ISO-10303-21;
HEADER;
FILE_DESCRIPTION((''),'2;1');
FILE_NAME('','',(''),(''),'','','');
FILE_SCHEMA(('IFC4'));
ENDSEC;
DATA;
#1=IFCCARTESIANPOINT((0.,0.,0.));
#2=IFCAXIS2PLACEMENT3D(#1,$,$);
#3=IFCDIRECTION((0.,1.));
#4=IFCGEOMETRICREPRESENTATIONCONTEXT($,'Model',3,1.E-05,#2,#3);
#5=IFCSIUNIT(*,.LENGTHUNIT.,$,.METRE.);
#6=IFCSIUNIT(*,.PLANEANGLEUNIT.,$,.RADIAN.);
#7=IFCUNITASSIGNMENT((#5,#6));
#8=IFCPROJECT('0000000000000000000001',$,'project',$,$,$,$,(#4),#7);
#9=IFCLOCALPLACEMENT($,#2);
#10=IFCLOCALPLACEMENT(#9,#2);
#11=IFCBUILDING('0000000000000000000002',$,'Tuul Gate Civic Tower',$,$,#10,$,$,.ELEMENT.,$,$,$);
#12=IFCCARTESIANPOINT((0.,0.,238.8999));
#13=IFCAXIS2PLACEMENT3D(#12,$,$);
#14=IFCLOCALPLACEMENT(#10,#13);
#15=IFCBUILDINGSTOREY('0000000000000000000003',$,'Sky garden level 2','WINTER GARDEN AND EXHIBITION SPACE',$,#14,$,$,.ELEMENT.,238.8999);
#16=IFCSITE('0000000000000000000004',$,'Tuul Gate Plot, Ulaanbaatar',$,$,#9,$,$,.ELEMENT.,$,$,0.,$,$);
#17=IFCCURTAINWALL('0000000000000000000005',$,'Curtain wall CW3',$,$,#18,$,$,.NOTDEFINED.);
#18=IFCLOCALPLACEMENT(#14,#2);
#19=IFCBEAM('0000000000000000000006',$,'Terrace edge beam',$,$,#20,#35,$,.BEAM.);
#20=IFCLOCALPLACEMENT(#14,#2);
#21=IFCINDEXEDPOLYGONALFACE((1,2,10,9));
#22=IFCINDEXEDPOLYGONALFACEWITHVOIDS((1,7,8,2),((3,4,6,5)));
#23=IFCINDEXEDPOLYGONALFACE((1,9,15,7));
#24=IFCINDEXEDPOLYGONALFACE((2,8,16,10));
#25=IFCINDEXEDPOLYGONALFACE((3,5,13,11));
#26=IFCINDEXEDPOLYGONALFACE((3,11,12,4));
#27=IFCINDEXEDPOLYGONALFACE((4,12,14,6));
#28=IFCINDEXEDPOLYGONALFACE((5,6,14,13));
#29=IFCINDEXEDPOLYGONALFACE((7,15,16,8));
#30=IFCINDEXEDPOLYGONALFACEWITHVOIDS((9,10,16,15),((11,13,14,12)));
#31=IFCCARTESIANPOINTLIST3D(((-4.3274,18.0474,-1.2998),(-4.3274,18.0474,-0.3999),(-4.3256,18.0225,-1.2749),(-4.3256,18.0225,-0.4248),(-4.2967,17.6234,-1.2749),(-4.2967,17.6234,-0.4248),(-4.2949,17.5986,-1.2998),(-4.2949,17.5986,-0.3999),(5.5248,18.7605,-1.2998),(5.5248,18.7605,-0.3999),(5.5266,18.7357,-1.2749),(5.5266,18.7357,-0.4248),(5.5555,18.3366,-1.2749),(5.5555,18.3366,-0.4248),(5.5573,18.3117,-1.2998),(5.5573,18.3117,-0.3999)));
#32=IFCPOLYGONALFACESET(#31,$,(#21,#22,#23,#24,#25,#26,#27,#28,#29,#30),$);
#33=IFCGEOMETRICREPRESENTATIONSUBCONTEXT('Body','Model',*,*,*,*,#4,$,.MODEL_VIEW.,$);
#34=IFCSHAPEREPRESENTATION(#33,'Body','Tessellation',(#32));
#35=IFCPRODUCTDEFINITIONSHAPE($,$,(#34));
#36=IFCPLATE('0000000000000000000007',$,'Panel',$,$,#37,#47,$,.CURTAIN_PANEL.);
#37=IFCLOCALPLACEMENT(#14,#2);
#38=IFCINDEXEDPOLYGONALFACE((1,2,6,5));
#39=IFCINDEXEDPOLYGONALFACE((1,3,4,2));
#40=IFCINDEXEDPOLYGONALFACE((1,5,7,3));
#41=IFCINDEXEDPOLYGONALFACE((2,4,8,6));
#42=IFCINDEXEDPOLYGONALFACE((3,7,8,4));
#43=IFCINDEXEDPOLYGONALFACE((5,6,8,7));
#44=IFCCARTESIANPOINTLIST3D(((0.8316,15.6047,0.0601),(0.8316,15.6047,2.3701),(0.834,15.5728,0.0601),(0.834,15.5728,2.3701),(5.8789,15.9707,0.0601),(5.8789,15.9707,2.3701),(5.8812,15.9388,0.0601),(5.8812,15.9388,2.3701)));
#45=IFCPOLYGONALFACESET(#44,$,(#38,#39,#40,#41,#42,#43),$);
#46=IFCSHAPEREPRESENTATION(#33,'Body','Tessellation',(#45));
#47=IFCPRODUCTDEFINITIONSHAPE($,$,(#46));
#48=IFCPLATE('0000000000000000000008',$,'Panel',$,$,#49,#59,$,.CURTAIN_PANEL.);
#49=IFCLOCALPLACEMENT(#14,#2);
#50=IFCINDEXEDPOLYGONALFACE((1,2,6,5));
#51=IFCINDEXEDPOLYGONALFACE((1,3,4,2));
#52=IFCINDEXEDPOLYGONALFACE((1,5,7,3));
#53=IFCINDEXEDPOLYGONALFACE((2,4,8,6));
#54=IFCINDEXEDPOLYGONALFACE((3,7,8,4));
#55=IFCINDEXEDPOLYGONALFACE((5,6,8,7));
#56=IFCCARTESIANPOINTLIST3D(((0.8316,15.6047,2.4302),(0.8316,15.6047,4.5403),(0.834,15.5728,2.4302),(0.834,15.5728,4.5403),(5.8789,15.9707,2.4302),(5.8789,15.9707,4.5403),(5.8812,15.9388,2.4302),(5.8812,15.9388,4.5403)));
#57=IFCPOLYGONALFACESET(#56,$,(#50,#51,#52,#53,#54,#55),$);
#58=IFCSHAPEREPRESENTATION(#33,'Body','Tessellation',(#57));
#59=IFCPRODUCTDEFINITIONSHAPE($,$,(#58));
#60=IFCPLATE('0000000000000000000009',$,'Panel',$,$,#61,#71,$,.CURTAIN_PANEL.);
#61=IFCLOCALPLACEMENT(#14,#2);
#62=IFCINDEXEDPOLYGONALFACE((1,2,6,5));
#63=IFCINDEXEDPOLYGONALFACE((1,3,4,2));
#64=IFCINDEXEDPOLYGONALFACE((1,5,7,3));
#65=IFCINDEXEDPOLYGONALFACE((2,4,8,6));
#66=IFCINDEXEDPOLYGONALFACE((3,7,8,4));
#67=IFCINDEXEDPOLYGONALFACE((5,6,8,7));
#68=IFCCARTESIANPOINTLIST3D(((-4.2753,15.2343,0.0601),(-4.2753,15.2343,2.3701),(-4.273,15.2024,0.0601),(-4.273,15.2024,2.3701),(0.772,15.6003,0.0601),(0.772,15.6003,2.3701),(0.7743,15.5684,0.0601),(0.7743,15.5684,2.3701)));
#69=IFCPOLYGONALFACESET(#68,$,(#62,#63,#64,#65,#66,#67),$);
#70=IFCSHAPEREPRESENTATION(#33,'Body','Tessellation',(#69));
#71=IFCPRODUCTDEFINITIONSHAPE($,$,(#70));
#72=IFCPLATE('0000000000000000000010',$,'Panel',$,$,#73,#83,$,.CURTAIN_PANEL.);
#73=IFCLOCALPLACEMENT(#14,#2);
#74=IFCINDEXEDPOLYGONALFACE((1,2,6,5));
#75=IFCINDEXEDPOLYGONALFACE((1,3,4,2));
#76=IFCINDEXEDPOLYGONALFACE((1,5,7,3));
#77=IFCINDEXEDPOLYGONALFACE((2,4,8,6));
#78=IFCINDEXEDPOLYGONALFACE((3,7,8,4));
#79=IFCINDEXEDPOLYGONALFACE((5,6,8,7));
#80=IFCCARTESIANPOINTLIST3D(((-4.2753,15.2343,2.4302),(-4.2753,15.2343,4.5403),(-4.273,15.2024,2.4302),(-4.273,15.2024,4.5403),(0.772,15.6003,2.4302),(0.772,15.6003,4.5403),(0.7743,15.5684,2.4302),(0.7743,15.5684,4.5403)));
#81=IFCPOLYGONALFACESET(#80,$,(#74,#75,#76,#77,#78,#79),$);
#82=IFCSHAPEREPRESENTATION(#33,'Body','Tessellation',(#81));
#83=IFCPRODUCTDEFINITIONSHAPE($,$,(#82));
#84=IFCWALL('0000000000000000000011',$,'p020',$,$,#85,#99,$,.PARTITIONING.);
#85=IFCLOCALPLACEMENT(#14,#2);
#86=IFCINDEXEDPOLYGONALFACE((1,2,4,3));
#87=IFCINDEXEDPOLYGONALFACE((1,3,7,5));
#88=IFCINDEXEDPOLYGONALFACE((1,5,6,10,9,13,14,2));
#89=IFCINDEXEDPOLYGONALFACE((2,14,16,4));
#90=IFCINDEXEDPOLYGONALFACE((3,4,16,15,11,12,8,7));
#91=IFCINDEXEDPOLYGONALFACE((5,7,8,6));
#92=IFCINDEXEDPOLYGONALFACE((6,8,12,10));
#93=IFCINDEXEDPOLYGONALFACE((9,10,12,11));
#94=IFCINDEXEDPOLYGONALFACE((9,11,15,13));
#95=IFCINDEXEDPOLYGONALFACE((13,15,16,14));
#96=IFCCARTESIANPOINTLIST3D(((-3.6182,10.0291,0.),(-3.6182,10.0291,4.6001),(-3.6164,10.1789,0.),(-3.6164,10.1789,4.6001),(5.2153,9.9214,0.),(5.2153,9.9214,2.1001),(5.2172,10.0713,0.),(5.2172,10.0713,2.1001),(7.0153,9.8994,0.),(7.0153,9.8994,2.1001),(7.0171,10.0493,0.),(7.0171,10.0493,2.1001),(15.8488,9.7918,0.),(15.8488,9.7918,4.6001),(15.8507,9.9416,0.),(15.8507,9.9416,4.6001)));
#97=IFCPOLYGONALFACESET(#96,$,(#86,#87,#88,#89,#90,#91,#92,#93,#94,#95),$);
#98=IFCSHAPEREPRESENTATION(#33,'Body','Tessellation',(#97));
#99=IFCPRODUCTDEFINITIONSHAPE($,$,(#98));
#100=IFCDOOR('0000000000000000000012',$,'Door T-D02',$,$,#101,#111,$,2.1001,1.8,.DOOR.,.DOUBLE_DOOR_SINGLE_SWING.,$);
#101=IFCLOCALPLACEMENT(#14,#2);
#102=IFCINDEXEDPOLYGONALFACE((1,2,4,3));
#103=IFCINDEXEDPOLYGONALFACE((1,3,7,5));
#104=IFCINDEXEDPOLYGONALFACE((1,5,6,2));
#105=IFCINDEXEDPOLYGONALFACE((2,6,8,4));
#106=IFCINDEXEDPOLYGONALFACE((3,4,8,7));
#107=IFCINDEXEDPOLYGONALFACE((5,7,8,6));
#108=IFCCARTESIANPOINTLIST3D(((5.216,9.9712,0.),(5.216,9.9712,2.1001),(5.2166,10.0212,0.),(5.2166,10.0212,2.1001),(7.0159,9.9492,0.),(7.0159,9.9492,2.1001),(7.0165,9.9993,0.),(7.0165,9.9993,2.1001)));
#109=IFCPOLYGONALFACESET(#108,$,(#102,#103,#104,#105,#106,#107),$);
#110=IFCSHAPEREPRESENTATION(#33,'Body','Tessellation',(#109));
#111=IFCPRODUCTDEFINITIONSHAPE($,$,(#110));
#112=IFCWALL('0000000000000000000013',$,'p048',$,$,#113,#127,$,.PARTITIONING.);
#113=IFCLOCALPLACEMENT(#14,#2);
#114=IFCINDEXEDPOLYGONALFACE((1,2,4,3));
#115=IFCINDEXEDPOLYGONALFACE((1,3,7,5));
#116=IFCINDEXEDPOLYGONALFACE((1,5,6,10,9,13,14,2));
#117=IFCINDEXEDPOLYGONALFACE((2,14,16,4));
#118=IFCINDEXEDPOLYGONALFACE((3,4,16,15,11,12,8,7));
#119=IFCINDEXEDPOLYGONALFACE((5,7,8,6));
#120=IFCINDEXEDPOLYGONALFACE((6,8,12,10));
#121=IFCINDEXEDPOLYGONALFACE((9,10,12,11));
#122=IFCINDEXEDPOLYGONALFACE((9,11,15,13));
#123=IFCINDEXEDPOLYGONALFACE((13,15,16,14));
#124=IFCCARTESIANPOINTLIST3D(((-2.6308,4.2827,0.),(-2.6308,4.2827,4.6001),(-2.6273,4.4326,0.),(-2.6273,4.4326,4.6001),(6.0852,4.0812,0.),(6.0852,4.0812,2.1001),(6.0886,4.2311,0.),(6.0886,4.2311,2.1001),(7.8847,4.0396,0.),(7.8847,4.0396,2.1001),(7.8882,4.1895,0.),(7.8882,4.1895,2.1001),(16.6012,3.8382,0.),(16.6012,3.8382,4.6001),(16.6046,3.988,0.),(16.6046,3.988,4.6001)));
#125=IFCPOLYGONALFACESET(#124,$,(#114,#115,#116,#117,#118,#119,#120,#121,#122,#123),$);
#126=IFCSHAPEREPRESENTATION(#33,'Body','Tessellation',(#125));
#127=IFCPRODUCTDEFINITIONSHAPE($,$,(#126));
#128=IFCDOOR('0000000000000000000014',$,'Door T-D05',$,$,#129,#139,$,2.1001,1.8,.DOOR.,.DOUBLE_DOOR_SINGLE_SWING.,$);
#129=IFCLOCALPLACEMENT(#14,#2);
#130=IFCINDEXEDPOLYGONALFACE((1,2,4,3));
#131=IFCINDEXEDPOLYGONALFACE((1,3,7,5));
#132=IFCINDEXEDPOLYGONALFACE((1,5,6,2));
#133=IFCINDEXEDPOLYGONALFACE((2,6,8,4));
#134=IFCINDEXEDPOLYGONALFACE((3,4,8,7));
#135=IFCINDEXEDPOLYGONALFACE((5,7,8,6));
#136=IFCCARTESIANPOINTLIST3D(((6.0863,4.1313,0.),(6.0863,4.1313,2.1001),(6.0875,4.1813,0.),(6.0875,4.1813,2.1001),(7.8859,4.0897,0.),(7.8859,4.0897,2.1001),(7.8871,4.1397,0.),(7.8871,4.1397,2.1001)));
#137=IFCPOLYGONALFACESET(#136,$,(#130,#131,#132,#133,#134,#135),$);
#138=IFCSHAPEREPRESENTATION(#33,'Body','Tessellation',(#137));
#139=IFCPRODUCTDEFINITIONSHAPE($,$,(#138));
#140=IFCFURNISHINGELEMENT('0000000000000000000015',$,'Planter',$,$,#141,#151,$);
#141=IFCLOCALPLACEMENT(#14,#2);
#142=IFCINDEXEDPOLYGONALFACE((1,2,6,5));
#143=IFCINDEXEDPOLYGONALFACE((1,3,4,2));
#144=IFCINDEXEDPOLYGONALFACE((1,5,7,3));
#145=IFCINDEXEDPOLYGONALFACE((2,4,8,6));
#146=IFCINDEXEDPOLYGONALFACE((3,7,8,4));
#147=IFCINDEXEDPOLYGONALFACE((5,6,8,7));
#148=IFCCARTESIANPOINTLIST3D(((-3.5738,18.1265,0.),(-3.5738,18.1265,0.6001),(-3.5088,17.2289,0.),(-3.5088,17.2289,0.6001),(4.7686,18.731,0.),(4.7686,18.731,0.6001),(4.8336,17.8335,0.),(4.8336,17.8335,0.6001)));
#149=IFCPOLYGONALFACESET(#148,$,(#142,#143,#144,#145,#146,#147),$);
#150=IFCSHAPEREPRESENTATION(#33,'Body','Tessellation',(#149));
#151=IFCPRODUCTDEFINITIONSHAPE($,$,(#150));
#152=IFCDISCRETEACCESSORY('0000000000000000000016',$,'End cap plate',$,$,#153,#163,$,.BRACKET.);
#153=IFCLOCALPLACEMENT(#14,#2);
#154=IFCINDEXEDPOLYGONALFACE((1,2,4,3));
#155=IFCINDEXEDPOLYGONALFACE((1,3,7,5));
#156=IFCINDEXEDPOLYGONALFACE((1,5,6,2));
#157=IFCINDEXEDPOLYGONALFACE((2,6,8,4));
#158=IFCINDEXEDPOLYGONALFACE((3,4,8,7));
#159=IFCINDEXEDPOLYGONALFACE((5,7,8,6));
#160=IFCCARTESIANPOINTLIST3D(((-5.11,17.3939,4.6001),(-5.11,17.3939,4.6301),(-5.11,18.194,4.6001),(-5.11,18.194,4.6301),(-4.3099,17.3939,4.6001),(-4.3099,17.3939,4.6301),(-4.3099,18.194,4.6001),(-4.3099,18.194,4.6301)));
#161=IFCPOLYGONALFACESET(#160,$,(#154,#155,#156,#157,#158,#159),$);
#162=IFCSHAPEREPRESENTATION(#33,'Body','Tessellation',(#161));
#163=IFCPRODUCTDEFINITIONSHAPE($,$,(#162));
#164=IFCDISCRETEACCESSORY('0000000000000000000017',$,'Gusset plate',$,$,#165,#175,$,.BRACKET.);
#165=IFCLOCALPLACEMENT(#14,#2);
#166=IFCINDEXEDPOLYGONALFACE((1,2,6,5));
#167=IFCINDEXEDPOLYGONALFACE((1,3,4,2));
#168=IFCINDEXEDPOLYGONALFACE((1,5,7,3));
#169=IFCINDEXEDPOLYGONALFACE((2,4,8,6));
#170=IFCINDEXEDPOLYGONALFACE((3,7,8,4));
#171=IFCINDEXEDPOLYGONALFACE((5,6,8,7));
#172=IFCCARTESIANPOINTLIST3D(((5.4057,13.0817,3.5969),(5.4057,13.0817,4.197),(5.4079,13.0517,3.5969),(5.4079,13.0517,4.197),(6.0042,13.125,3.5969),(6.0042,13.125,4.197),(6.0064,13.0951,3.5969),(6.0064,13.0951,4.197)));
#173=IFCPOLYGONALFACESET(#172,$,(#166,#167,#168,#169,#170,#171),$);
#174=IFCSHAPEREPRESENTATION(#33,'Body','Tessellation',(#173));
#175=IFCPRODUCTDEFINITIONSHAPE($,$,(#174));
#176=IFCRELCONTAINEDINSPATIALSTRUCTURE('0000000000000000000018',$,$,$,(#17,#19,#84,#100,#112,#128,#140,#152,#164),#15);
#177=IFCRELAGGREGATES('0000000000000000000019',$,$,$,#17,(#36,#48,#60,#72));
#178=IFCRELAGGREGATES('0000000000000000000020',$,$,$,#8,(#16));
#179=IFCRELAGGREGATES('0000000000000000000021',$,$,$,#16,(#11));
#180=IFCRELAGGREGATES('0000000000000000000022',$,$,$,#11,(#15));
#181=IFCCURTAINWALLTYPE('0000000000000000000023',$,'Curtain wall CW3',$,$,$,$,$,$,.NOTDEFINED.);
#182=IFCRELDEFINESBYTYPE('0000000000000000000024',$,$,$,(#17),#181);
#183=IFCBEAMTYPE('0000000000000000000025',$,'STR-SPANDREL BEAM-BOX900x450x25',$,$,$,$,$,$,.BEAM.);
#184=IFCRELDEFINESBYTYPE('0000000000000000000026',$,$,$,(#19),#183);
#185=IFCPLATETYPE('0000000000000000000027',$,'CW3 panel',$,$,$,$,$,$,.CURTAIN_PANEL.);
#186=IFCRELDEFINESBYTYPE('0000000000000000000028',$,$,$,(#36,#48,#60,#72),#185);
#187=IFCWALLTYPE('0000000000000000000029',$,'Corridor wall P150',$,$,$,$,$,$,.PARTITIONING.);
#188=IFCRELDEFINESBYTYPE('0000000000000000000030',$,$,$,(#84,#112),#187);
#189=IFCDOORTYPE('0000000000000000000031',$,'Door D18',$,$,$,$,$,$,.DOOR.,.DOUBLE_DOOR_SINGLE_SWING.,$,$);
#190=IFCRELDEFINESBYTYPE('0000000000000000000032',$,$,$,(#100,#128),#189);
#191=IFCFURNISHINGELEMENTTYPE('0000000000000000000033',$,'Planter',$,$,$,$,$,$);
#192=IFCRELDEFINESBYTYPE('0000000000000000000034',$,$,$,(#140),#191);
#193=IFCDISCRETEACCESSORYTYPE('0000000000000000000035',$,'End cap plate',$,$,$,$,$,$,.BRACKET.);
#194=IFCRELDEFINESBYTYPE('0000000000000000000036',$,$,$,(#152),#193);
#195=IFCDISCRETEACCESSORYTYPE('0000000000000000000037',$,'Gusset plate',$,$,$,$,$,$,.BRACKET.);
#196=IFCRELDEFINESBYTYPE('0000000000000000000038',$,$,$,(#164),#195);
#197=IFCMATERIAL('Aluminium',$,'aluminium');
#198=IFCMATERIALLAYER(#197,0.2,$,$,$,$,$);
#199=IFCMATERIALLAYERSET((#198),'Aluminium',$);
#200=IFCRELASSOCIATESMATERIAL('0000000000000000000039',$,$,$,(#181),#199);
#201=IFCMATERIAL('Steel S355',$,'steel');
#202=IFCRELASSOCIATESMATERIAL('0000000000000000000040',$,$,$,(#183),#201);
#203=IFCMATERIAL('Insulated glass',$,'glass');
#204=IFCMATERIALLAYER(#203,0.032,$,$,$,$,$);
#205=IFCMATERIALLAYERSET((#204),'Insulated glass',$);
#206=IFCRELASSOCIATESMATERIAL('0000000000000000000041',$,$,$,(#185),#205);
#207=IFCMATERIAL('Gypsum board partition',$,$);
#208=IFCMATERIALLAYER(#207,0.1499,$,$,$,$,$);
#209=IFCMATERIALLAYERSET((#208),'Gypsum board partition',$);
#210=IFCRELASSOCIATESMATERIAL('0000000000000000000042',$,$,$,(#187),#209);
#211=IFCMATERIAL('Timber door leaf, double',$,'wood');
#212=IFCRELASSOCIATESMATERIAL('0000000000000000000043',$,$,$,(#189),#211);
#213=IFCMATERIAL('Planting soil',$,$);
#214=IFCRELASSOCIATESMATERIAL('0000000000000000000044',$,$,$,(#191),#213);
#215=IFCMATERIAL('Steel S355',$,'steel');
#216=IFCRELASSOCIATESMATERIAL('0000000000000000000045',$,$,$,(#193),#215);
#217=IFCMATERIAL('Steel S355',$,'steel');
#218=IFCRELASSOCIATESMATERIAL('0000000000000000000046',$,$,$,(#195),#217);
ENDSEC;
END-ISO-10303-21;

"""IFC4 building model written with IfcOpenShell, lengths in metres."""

from ifc_helpers import new_model, si_unit, direction, frame, frame_2d, origin, origin_2d, place, context, subcontext, project, spatial, rectangle, hollow_rectangle, extrude, material, layer, layer_set, material_profile, profile_set, type_object, element, fill, aggregate, save


model = new_model("IFC4")

# Units and contexts
model_context = context("Model", 3, precision=1e-05, world=origin(), true_north=direction((0.0, 1.0)))
body_context = subcontext(model_context, "Body", "Model", "MODEL_VIEW")
ifc_project = project(units=[si_unit("LENGTHUNIT", "METRE"), si_unit("PLANEANGLEUNIT", "RADIAN")], contexts=[model_context])

# Site, building, storey
site_placement = place(None, origin())
site = spatial("IfcSite", under=ifc_project, at=site_placement, Name="Tuul Gate Plot, Ulaanbaatar", CompositionType="ELEMENT", RefElevation=0.0)
building_placement = place(site_placement, origin())
building = spatial("IfcBuilding", under=site, at=building_placement, Name="Tuul Gate Civic Tower", CompositionType="ELEMENT")
storey_placement = place(building_placement, frame((0.0, 0.0, 238.8999)))
storey = spatial("IfcBuildingStorey", under=building, at=storey_placement, Name="Sky garden level 2", Description="WINTER GARDEN AND EXHIBITION SPACE", CompositionType="ELEMENT", Elevation=238.8999)

# Curtain wall
ifc_material_1 = material(Name="Aluminium", Category="aluminium")
ifc_layer_1 = layer(ifc_material_1, 0.2)
ifc_layer_set_1 = layer_set([ifc_layer_1], Name="Aluminium")
curtain_wall_type = type_object("IfcCurtainWallType", Name="Curtain wall CW3", PredefinedType="NOTDEFINED", material=ifc_layer_set_1)
curtain_wall_placement = place(storey_placement, origin())
curtain_wall = element("IfcCurtainWall", 1, at=curtain_wall_placement, inside=storey, type_object=curtain_wall_type, Name="Curtain wall CW3", PredefinedType="NOTDEFINED")

# Beam
ifc_material_2 = material(Name="Steel S355", Category="steel")
ifc_material_profile_1 = material_profile(ifc_material_2, hollow_rectangle(XDim=0.45, YDim=0.8999, WallThickness=0.0249, at=origin_2d()), Name="BOX900x450x25")
ifc_profile_set_1 = profile_set([ifc_material_profile_1], Name="Steel S355")
beam_type_1 = type_object("IfcBeamType", Name="STR-SPANDREL BEAM-BOX900x450x25", PredefinedType="BEAM", material=ifc_profile_set_1)
beam_1_placement = place(storey_placement, frame((5.541, 18.5361, -0.8499), z_axis=(-0.99739, -0.072196, 0.0), x_axis=(0.072196, -0.99739, 0.0)))
element("IfcBeam", 2, at=beam_1_placement, inside=storey, type_object=beam_type_1, Name="Terrace edge beam", PredefinedType="BEAM", context=body_context, shape_type="SweptSolid", body=[
    extrude(hollow_rectangle(XDim=0.45, YDim=0.8999, WallThickness=0.0249, at=origin_2d()), origin(), (0.0, 0.0, 1.0), 9.8779),
])

# Plates
ifc_material_3 = material(Name="Insulated glass", Category="glass")
ifc_layer_2 = layer(ifc_material_3, 0.032)
ifc_layer_set_2 = layer_set([ifc_layer_2], Name="Insulated glass")
plate_type = type_object("IfcPlateType", Name="CW3 panel", PredefinedType="CURTAIN_PANEL", material=ifc_layer_set_2)
plate_1_placement = place(storey_placement, frame((3.3564, 15.7717, 0.0601), z_axis=(0.0, 0.0, 1.0), x_axis=(-0.997381, -0.072323, 0.0)))
plate_1 = element("IfcPlate", 3, at=plate_1_placement, type_object=plate_type, Name="Panel", PredefinedType="CURTAIN_PANEL", context=body_context, shape_type="SweptSolid", body=[
    extrude(rectangle(XDim=5.0605, YDim=0.032, at=origin_2d()), origin(), (0.0, 0.0, 1.0), 2.3101),
])
plate_2_placement = place(storey_placement, frame((3.3564, 15.7717, 2.4302), z_axis=(0.0, 0.0, 1.0), x_axis=(-0.997381, -0.072323, 0.0)))
plate_2 = element("IfcPlate", 4, at=plate_2_placement, type_object=plate_type, Name="Panel", PredefinedType="CURTAIN_PANEL", context=body_context, shape_type="SweptSolid", body=[
    extrude(rectangle(XDim=5.0605, YDim=0.032, at=origin_2d()), origin(), (0.0, 0.0, 1.0), 2.1101),
])
plate_3_placement = place(storey_placement, frame((-1.7505, 15.4014, 0.0601), z_axis=(0.0, 0.0, 1.0), x_axis=(-0.997381, -0.072323, 0.0)))
plate_3 = element("IfcPlate", 5, at=plate_3_placement, type_object=plate_type, Name="Panel", PredefinedType="CURTAIN_PANEL", context=body_context, shape_type="SweptSolid", body=[
    extrude(rectangle(XDim=5.0605, YDim=0.032, at=origin_2d()), origin(), (0.0, 0.0, 1.0), 2.3101),
])
plate_4_placement = place(storey_placement, frame((-1.7505, 15.4014, 2.4302), z_axis=(0.0, 0.0, 1.0), x_axis=(-0.997381, -0.072323, 0.0)))
plate_4 = element("IfcPlate", 6, at=plate_4_placement, type_object=plate_type, Name="Panel", PredefinedType="CURTAIN_PANEL", context=body_context, shape_type="SweptSolid", body=[
    extrude(rectangle(XDim=5.0605, YDim=0.032, at=origin_2d()), origin(), (0.0, 0.0, 1.0), 2.1101),
])
aggregate(curtain_wall, [plate_1, plate_2, plate_3, plate_4])

# Walls, openings, doors
ifc_material_4 = material(Name="Gypsum board partition")
ifc_layer_3 = layer(ifc_material_4, 0.1499)
ifc_layer_set_3 = layer_set([ifc_layer_3], Name="Gypsum board partition")
wall_type_1 = type_object("IfcWallType", Name="Corridor wall P150", PredefinedType="PARTITIONING", material=ifc_layer_set_3)
wall_1_placement = place(storey_placement, frame((-3.6174, 10.104, 0.0), z_axis=(0.0, 0.0, 1.0), x_axis=(0.999926, -0.012189, 0.0)))
wall_1 = element("IfcWall", 7, at=wall_1_placement, inside=storey, type_object=wall_type_1, Name="p020", PredefinedType="PARTITIONING", context=body_context, shape_type="SweptSolid", body=[
    extrude(rectangle(XDim=19.4685, YDim=0.1499, at=frame_2d((9.7344, 0.0))), origin(), (0.0, 0.0, 1.0), 4.6001),
])
opening_1_placement = place(wall_1_placement, frame((8.8345, 0.0, 0.0)))
opening_1 = element("IfcOpeningElement", 8, at=opening_1_placement, cuts=wall_1, PredefinedType="OPENING", context=body_context, shape_type="SweptSolid", body=[
    extrude(rectangle(XDim=1.8, YDim=2.1001, at=frame_2d((0.8999, 1.05))), frame((0.0, 0.085, 0.0), z_axis=(0.0, -1.0, 0.0), x_axis=(1.0, 0.0, 0.0)), (0.0, 0.0, 1.0), 0.1699),
])
ifc_material_5 = material(Name="Timber door leaf, double", Category="wood")
door_type_1 = type_object("IfcDoorType", Name="Door D18", OperationType="DOUBLE_DOOR_SINGLE_SWING", PredefinedType="DOOR", material=ifc_material_5)
door_1_placement = place(opening_1_placement, origin())
door_1 = element("IfcDoor", 9, at=door_1_placement, inside=storey, type_object=door_type_1, Name="Door T-D02", OperationType="DOUBLE_DOOR_SINGLE_SWING", OverallHeight=2.1001, OverallWidth=1.8, PredefinedType="DOOR", context=body_context, shape_type="SweptSolid", body=[
    extrude(rectangle(XDim=1.8, YDim=2.1001, at=frame_2d((0.8999, 1.05))), frame((0.0, 0.0249, 0.0), z_axis=(0.0, -1.0, 0.0), x_axis=(1.0, 0.0, 0.0)), (0.0, 0.0, 1.0), 0.05),
])
fill(opening_1, door_1)
wall_2_placement = place(storey_placement, frame((-2.6292, 4.3577, 0.0), z_axis=(0.0, 0.0, 1.0), x_axis=(0.999733, -0.023111, 0.0)))
wall_2 = element("IfcWall", 10, at=wall_2_placement, inside=storey, type_object=wall_type_1, Name="p048", PredefinedType="PARTITIONING", context=body_context, shape_type="SweptSolid", body=[
    extrude(rectangle(XDim=19.2371, YDim=0.1499, at=frame_2d((9.6187, 0.0))), origin(), (0.0, 0.0, 1.0), 4.6001),
])
opening_2_placement = place(wall_2_placement, frame((8.7185, 0.0, 0.0)))
opening_2 = element("IfcOpeningElement", 11, at=opening_2_placement, cuts=wall_2, PredefinedType="OPENING", context=body_context, shape_type="SweptSolid", body=[
    extrude(rectangle(XDim=1.8, YDim=2.1001, at=frame_2d((0.8999, 1.05))), frame((0.0, 0.085, 0.0), z_axis=(0.0, -1.0, 0.0), x_axis=(1.0, 0.0, 0.0)), (0.0, 0.0, 1.0), 0.1699),
])
door_2_placement = place(opening_2_placement, frame((1.8, 0.0, 0.0), z_axis=(0.0, 0.0, 1.0), x_axis=(-1.0, 0.0, 0.0)))
door_2 = element("IfcDoor", 12, at=door_2_placement, inside=storey, type_object=door_type_1, Name="Door T-D05", OperationType="DOUBLE_DOOR_SINGLE_SWING", OverallHeight=2.1001, OverallWidth=1.8, PredefinedType="DOOR", context=body_context, shape_type="SweptSolid", body=[
    extrude(rectangle(XDim=1.8, YDim=2.1001, at=frame_2d((0.9001, 1.05))), frame((0.0, 0.0249, 0.0), z_axis=(0.0, -1.0, 0.0), x_axis=(1.0, 0.0, 0.0)), (0.0, 0.0, 1.0), 0.05),
])
fill(opening_2, door_2)

# Furnishing element
ifc_material_6 = material(Name="Planting soil")
furnishing_element_type = type_object("IfcFurnishingElementType", Name="Planter", material=ifc_material_6)
furnishing_placement = place(storey_placement, frame((0.6299, 17.98, 0.0), z_axis=(0.0, 0.0, 1.0), x_axis=(-0.997385, -0.072277, 0.0)))
element("IfcFurnishingElement", 13, at=furnishing_placement, inside=storey, type_object=furnishing_element_type, Name="Planter", context=body_context, shape_type="SweptSolid", body=[
    extrude(rectangle(XDim=8.3643, YDim=0.8999, at=origin_2d()), origin(), (0.0, 0.0, 1.0), 0.6001),
])

# Discrete accessories
ifc_material_7 = material(Name="Steel S355", Category="steel")
discrete_accessory_type_1 = type_object("IfcDiscreteAccessoryType", Name="End cap plate", PredefinedType="BRACKET", material=ifc_material_7)
discrete_accessory_1_placement = place(storey_placement, frame((-4.71, 17.7939, 4.6001), z_axis=(0.0, 0.0, 1.0), x_axis=(1.0, 0.0, 0.0)))
element("IfcDiscreteAccessory", 14, at=discrete_accessory_1_placement, inside=storey, type_object=discrete_accessory_type_1, Name="End cap plate", PredefinedType="BRACKET", context=body_context, shape_type="SweptSolid", body=[
    extrude(rectangle(XDim=0.8, YDim=0.8, at=origin_2d()), origin(), (0.0, 0.0, 1.0), 0.03),
])
ifc_material_8 = material(Name="Steel S355", Category="steel")
discrete_accessory_type_2 = type_object("IfcDiscreteAccessoryType", Name="Gusset plate", PredefinedType="BRACKET", material=ifc_material_8)
discrete_accessory_2_placement = place(storey_placement, frame((5.7061, 13.0884, 3.5969), z_axis=(0.0, 0.0, 1.0), x_axis=(0.99739, 0.072205, 0.0)))
element("IfcDiscreteAccessory", 15, at=discrete_accessory_2_placement, inside=storey, type_object=discrete_accessory_type_2, Name="Gusset plate", PredefinedType="BRACKET", context=body_context, shape_type="SweptSolid", body=[
    extrude(rectangle(XDim=0.6001, YDim=0.03, at=origin_2d()), origin(), (0.0, 0.0, 1.0), 0.6001),
])

save(model, "model.ifc")
